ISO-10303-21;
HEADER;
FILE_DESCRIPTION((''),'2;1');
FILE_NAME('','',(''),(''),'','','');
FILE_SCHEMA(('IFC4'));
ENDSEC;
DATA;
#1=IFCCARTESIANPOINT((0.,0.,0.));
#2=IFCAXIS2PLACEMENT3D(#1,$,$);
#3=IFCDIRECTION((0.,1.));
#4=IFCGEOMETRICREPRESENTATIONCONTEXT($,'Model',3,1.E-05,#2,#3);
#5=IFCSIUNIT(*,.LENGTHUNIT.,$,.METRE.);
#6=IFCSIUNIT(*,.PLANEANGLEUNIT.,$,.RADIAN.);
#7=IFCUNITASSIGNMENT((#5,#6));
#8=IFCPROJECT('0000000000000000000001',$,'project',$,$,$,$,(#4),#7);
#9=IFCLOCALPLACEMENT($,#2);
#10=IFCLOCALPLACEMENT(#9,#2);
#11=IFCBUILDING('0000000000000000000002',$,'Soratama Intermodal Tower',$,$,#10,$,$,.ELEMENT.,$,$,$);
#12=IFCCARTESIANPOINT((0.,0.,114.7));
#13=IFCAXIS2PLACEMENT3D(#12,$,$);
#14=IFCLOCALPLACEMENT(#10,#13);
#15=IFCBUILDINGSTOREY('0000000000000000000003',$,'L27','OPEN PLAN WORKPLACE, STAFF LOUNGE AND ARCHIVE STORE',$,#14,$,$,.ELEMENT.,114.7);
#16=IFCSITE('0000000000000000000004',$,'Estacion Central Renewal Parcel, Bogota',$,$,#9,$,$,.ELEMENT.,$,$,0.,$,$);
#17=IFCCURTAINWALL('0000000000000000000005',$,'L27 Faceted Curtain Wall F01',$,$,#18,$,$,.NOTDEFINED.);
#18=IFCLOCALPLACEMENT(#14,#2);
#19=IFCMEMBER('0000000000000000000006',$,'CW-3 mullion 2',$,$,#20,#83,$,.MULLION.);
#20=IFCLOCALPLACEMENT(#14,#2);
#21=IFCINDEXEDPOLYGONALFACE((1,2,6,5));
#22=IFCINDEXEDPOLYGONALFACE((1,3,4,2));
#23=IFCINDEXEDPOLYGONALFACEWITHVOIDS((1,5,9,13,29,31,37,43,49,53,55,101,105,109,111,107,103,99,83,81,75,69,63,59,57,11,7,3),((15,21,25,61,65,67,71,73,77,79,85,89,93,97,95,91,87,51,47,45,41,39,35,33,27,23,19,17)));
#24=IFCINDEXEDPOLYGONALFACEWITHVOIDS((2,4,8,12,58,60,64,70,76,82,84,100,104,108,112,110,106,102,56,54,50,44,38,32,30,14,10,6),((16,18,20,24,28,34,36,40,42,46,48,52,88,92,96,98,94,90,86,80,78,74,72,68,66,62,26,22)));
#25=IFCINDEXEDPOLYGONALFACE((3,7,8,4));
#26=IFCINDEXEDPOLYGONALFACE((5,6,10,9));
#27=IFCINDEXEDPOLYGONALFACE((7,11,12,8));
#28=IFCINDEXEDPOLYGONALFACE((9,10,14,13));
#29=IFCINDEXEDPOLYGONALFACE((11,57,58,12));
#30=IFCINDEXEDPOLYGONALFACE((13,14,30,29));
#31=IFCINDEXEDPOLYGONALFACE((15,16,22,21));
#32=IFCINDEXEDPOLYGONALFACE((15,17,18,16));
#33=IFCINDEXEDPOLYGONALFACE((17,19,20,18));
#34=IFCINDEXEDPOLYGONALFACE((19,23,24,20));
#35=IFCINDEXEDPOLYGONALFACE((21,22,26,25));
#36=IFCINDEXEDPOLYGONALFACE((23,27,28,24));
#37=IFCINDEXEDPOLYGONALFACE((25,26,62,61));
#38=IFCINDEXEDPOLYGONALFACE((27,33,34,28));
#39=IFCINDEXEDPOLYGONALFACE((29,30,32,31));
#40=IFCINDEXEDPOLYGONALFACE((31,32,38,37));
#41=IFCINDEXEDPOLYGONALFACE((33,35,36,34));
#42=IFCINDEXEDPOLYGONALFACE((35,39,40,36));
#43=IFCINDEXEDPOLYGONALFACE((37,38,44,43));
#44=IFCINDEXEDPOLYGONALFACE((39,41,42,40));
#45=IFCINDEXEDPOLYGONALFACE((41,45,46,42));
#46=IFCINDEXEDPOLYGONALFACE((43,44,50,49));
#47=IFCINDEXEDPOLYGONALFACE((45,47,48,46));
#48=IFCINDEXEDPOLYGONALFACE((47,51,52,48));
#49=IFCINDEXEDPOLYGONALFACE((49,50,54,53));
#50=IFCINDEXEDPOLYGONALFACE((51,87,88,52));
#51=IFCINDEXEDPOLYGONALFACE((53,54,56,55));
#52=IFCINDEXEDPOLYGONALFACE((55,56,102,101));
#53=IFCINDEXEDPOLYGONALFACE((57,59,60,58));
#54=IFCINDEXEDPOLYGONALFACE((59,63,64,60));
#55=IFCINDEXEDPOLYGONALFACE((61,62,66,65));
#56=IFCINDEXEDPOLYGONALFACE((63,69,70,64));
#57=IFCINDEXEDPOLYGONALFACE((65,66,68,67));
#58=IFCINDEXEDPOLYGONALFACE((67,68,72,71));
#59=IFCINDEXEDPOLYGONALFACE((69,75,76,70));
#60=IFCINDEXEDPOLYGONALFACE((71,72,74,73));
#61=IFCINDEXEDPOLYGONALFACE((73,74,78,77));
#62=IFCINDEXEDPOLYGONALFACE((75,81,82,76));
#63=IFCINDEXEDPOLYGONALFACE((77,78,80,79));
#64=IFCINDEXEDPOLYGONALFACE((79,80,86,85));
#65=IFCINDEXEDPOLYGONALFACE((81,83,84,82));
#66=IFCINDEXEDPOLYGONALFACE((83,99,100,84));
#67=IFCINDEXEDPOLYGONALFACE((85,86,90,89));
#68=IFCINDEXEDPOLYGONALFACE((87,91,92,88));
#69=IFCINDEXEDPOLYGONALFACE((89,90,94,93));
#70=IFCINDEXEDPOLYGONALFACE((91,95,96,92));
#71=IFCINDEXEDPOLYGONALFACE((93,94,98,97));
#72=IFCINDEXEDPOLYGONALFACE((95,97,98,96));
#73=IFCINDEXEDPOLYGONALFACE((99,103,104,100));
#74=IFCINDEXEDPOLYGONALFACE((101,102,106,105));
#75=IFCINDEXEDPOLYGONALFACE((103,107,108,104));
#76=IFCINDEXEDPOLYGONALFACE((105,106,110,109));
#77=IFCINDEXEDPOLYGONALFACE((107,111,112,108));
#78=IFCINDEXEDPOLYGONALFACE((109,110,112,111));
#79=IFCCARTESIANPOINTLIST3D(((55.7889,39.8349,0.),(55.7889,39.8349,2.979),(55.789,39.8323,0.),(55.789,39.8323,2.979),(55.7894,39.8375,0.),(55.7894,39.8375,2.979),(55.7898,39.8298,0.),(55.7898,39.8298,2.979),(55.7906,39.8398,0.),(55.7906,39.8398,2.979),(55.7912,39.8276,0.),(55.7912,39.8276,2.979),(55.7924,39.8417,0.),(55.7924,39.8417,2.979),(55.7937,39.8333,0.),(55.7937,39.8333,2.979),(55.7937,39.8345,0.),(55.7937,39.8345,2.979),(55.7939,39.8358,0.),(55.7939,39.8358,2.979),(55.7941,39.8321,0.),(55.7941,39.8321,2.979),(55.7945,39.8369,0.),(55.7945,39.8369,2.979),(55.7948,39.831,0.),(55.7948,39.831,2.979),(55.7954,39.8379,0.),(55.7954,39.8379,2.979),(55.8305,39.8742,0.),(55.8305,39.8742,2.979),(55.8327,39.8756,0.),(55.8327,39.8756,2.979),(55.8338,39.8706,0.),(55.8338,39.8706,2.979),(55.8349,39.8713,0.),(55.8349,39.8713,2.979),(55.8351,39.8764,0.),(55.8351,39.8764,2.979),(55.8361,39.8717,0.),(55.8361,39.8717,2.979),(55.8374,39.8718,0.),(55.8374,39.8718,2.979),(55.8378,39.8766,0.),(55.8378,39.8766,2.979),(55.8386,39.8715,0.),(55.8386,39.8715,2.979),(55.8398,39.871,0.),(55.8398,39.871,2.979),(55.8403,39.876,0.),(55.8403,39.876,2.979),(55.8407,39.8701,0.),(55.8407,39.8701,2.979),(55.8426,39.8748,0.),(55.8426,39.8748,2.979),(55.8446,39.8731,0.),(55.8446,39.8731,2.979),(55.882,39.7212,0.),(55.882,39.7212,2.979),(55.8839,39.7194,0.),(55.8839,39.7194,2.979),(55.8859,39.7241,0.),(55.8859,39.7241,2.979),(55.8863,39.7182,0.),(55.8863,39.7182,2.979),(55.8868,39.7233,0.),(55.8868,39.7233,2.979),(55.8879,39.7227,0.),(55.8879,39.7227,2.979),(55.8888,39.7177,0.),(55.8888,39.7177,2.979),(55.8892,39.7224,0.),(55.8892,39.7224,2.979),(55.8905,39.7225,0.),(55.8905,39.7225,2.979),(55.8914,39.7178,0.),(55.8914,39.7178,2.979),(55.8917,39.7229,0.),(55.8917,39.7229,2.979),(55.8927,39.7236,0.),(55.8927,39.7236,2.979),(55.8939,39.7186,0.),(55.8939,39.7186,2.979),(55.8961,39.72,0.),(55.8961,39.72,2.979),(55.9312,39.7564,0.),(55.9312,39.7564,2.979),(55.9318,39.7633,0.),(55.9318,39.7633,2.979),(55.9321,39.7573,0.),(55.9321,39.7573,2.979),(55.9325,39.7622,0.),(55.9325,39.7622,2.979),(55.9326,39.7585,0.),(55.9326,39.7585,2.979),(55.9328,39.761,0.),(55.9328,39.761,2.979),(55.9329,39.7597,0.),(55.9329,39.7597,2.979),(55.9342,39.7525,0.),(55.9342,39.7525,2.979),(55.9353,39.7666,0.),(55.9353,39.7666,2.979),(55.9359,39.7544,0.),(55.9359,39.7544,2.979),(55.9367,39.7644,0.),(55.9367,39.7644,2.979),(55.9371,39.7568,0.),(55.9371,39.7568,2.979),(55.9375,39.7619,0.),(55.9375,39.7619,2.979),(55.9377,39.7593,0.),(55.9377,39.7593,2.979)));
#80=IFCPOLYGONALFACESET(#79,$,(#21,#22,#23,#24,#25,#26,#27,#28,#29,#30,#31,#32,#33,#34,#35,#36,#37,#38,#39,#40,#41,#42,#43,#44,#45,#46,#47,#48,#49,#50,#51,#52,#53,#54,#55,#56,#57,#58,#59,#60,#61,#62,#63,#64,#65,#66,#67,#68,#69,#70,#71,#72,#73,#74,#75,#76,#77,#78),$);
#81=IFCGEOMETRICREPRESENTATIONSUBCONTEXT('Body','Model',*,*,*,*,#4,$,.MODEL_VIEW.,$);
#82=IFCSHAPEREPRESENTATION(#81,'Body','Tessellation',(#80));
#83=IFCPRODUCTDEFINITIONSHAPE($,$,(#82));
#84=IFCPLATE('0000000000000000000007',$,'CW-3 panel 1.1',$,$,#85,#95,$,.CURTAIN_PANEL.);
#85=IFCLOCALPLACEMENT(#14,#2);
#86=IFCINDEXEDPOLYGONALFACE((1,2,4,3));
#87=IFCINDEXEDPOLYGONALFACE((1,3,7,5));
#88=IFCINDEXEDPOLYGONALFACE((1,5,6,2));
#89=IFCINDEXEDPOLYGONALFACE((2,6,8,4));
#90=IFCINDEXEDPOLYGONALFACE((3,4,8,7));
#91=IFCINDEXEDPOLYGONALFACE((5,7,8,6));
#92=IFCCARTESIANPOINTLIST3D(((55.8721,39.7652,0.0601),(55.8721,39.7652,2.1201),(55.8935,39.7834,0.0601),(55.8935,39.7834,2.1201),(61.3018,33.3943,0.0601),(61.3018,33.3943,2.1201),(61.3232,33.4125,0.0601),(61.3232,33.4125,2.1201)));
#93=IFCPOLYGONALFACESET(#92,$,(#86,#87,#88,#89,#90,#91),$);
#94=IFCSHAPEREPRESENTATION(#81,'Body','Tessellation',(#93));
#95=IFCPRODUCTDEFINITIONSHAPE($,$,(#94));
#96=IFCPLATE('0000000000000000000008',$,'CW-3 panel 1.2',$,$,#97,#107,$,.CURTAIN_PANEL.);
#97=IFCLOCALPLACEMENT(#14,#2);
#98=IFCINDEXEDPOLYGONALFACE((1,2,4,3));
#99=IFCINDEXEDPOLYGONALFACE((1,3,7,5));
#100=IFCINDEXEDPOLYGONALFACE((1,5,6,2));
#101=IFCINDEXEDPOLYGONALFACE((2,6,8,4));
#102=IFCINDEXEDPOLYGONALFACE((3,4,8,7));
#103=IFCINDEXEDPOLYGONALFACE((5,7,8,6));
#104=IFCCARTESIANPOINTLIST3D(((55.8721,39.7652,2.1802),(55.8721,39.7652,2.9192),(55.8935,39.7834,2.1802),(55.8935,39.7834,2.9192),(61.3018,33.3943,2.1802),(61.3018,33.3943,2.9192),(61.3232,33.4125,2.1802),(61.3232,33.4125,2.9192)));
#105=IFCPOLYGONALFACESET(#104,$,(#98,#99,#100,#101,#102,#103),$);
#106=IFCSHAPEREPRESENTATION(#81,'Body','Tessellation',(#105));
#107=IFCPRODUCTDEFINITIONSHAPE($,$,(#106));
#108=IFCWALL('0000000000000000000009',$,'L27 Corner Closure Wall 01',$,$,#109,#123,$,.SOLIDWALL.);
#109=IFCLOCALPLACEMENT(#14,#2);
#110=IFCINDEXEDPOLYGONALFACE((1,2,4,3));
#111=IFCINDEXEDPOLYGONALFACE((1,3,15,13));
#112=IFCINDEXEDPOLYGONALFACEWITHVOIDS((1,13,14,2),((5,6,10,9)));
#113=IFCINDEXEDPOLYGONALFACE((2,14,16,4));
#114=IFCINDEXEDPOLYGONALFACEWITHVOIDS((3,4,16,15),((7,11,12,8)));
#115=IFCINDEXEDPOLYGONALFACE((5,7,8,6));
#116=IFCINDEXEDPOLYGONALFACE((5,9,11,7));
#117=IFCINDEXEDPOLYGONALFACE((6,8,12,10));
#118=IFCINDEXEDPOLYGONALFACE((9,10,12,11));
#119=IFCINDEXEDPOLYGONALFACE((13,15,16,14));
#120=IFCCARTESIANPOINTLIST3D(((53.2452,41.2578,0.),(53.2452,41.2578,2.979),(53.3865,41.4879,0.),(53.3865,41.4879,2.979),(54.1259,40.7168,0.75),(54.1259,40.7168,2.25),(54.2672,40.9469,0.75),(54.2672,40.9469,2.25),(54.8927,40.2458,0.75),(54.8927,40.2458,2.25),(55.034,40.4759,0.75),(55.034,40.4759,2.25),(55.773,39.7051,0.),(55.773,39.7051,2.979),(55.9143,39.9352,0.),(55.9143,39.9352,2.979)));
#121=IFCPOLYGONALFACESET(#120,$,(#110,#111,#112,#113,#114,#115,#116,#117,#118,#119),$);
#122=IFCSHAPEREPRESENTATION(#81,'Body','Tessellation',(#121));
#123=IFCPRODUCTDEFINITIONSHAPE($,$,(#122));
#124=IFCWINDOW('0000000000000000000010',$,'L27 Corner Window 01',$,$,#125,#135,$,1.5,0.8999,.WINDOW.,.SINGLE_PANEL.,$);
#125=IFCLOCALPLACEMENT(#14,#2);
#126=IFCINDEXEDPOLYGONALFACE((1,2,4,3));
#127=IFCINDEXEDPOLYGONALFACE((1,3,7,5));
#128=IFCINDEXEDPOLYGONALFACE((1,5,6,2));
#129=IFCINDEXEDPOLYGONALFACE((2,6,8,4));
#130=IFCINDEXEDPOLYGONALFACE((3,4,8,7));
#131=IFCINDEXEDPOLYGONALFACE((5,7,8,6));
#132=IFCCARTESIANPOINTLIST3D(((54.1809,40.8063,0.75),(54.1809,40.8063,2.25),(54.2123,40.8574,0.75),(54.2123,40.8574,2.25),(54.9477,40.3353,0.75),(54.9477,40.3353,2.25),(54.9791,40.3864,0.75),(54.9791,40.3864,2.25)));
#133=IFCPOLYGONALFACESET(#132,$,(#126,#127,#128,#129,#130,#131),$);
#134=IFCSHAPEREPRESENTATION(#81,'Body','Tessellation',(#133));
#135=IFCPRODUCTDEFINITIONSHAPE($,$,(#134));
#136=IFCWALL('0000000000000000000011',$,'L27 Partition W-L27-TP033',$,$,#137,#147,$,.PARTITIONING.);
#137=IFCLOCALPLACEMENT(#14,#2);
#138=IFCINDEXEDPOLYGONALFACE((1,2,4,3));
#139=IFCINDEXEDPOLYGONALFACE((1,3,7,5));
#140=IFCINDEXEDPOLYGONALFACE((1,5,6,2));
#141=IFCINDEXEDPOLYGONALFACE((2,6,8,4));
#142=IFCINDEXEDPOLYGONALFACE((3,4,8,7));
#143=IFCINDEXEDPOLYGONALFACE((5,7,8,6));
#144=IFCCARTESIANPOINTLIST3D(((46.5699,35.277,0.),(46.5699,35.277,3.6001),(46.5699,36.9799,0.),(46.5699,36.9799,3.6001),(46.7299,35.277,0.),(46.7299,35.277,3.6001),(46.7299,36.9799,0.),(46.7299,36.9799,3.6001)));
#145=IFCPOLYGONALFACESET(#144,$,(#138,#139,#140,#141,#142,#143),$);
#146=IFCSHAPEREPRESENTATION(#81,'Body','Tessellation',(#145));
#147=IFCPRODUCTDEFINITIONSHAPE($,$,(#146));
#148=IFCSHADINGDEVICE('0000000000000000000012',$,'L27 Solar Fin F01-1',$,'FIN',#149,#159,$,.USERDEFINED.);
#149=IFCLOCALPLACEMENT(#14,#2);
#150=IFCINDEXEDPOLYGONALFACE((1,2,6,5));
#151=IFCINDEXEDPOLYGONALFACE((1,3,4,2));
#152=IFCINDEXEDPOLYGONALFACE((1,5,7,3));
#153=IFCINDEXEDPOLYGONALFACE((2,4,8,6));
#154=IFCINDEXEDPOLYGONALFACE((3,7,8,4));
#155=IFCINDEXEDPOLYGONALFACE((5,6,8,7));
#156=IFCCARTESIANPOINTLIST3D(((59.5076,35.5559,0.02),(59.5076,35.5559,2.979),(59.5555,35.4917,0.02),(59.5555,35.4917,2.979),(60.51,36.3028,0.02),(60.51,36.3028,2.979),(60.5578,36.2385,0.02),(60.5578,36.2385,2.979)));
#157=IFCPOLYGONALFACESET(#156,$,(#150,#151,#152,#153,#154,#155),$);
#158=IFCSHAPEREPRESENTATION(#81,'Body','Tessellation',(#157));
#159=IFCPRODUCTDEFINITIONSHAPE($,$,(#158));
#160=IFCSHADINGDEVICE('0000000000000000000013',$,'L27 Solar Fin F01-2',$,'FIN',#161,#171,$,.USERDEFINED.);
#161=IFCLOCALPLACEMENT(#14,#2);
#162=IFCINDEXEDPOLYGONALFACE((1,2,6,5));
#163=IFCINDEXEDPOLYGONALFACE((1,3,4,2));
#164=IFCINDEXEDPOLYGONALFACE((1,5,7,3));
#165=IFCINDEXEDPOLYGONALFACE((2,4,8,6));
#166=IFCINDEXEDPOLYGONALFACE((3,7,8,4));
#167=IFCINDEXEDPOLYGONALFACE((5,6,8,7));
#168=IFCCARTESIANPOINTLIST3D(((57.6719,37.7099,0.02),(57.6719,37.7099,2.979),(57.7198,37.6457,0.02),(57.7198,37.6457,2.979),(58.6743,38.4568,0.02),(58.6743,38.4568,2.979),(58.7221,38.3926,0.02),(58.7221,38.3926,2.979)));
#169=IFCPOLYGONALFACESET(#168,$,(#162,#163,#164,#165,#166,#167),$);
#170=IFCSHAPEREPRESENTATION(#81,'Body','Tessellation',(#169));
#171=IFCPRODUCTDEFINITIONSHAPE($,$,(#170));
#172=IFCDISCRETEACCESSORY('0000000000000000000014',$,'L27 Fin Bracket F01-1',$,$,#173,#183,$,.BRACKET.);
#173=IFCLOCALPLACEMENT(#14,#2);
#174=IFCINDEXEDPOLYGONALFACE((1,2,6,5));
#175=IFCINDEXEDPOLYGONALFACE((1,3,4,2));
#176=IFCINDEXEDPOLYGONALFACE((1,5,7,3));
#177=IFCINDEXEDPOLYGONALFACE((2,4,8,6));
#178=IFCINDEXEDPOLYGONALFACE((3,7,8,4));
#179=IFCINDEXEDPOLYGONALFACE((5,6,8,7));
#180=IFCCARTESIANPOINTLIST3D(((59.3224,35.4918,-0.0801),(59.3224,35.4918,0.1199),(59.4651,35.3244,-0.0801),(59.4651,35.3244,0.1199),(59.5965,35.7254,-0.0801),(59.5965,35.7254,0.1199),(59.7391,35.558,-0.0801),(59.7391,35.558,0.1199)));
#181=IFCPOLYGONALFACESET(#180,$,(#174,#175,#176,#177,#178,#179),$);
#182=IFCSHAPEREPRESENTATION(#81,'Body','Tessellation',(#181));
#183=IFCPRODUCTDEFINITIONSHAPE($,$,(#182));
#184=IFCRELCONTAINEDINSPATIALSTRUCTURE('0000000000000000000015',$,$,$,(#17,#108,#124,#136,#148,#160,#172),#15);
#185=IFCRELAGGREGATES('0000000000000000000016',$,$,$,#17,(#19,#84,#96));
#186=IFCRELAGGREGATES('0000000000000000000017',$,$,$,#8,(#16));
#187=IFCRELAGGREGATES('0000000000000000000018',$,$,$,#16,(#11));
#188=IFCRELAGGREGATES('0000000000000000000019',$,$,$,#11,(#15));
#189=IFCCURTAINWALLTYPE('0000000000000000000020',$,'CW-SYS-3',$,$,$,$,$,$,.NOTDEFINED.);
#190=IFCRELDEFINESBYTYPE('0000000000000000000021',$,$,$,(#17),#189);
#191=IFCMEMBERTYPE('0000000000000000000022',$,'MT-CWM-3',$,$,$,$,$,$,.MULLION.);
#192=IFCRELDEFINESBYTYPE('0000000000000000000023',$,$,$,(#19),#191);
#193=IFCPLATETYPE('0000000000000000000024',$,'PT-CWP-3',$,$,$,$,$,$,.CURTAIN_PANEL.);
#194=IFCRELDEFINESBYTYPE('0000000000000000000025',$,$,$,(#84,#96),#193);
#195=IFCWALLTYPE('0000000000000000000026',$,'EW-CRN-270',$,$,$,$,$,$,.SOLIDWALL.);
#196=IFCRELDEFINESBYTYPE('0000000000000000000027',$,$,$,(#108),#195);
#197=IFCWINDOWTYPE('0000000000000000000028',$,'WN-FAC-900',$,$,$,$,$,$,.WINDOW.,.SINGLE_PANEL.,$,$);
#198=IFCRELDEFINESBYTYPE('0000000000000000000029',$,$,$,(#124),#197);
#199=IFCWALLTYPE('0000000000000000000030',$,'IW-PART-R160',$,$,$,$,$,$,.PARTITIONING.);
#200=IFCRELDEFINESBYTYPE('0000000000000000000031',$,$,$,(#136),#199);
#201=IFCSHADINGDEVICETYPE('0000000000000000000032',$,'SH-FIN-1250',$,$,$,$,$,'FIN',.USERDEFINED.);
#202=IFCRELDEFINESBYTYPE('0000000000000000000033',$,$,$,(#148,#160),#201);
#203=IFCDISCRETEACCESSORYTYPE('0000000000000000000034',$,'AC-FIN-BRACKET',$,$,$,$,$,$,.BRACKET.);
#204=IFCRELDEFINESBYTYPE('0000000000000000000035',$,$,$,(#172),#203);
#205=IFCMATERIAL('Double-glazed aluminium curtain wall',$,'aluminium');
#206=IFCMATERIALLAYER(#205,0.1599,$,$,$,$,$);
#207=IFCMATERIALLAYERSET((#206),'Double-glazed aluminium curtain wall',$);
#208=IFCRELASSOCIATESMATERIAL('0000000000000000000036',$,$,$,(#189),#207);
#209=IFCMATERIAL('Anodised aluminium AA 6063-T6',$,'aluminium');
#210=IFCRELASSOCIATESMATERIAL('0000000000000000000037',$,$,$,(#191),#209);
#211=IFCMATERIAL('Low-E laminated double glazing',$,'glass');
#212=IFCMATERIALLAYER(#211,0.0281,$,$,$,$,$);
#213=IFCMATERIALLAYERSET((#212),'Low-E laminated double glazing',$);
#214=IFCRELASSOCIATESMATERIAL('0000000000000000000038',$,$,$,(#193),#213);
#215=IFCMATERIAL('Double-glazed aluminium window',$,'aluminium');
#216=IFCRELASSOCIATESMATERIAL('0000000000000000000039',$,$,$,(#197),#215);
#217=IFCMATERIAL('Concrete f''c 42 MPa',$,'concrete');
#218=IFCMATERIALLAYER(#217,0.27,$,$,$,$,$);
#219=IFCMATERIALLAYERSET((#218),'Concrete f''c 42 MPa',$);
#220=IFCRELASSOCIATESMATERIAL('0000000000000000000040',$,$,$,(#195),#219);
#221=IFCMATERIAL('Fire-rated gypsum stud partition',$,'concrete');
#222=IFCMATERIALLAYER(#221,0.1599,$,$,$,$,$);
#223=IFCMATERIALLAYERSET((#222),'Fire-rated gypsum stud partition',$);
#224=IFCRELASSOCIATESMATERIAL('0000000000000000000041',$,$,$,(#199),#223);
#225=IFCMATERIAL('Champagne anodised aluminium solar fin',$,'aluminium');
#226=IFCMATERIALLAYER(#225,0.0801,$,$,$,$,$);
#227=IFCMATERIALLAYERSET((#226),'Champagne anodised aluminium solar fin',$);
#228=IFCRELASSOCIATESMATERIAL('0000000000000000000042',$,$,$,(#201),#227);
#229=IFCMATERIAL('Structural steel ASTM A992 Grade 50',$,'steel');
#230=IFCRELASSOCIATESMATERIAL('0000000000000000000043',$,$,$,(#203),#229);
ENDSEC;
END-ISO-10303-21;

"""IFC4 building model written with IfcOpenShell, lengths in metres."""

from ifc_helpers import new_model, si_unit, direction, frame, frame_2d, origin, origin_2d, place, context, subcontext, project, spatial, rectangle, hollow_rectangle, extrude, material, layer, layer_set, material_profile, profile_set, type_object, element, fill, aggregate, save


model = new_model("IFC4")

# Units and contexts
model_context = context("Model", 3, precision=1e-05, world=origin(), true_north=direction((0.0, 1.0)))
body_context = subcontext(model_context, "Body", "Model", "MODEL_VIEW")
ifc_project = project(units=[si_unit("LENGTHUNIT", "METRE"), si_unit("PLANEANGLEUNIT", "RADIAN")], contexts=[model_context])

# Site, building, storey
site_placement = place(None, origin())
site = spatial("IfcSite", under=ifc_project, at=site_placement, Name="Estacion Central Renewal Parcel, Bogota", CompositionType="ELEMENT", RefElevation=0.0)
building_placement = place(site_placement, origin())
building = spatial("IfcBuilding", under=site, at=building_placement, Name="Soratama Intermodal Tower", CompositionType="ELEMENT")
storey_placement = place(building_placement, frame((0.0, 0.0, 114.7)))
storey = spatial("IfcBuildingStorey", under=building, at=storey_placement, Name="L27", Description="OPEN PLAN WORKPLACE, STAFF LOUNGE AND ARCHIVE STORE", CompositionType="ELEMENT", Elevation=114.7)

# Curtain wall, member, plates
ifc_material_1 = material(Name="Double-glazed aluminium curtain wall", Category="aluminium")
ifc_layer_1 = layer(ifc_material_1, 0.1599)
ifc_layer_set_1 = layer_set([ifc_layer_1], Name="Double-glazed aluminium curtain wall")
curtain_wall_type = type_object("IfcCurtainWallType", Name="CW-SYS-3", PredefinedType="NOTDEFINED", material=ifc_layer_set_1)
curtain_wall_placement = place(storey_placement, origin())
curtain_wall = element("IfcCurtainWall", 1, at=curtain_wall_placement, inside=storey, type_object=curtain_wall_type, Name="L27 Faceted Curtain Wall F01", PredefinedType="NOTDEFINED")
ifc_material_2 = material(Name="Anodised aluminium AA 6063-T6", Category="aluminium")
ifc_material_profile_1 = material_profile(ifc_material_2, hollow_rectangle(XDim=0.0701, YDim=0.1599, WallThickness=0.0049, InnerFilletRadius=0.0049, OuterFilletRadius=0.01, at=origin_2d()), Name="CWM160X70X5")
ifc_profile_set_1 = profile_set([ifc_material_profile_1], Name="Anodised aluminium AA 6063-T6")
member_type = type_object("IfcMemberType", Name="MT-CWM-3", PredefinedType="MULLION", material=ifc_profile_set_1)
member_placement = place(storey_placement, frame((55.8633, 39.7971, 0.0), z_axis=(0.0, 0.0, 1.0), x_axis=(-0.761088, -0.648649, 0.0)))
member = element("IfcMember", 2, at=member_placement, type_object=member_type, Name="CW-3 mullion 2", PredefinedType="MULLION", context=body_context, shape_type="SweptSolid", body=[
    extrude(hollow_rectangle(XDim=0.0701, YDim=0.1599, WallThickness=0.0049, InnerFilletRadius=0.0049, OuterFilletRadius=0.01, at=origin_2d()), origin(), (0.0, 0.0, 1.0), 2.979),
])
ifc_material_3 = material(Name="Low-E laminated double glazing", Category="glass")
ifc_layer_2 = layer(ifc_material_3, 0.0281)
ifc_layer_set_2 = layer_set([ifc_layer_2], Name="Low-E laminated double glazing")
plate_type = type_object("IfcPlateType", Name="PT-CWP-3", PredefinedType="CURTAIN_PANEL", material=ifc_layer_set_2)
plate_1_placement = place(storey_placement, frame((58.5977, 36.5889, 0.0601), z_axis=(0.0, 0.0, 1.0), x_axis=(-0.648649, 0.761088, 0.0)))
plate_1 = element("IfcPlate", 3, at=plate_1_placement, type_object=plate_type, Name="CW-3 panel 1.1", PredefinedType="CURTAIN_PANEL", context=body_context, shape_type="SweptSolid", body=[
    extrude(rectangle(XDim=8.3708, YDim=0.0281, at=origin_2d()), origin(), (0.0, 0.0, 1.0), 2.0601),
])
plate_2_placement = place(storey_placement, frame((58.5977, 36.5889, 2.1802), z_axis=(0.0, 0.0, 1.0), x_axis=(-0.648649, 0.761088, 0.0)))
plate_2 = element("IfcPlate", 4, at=plate_2_placement, type_object=plate_type, Name="CW-3 panel 1.2", PredefinedType="CURTAIN_PANEL", context=body_context, shape_type="SweptSolid", body=[
    extrude(rectangle(XDim=8.3708, YDim=0.0281, at=origin_2d()), origin(), (0.0, 0.0, 1.0), 0.739),
])
aggregate(curtain_wall, [member, plate_1, plate_2])

# Shared definitions
ifc_material_4 = material(Name="Double-glazed aluminium window", Category="aluminium")
window_type_1 = type_object("IfcWindowType", Name="WN-FAC-900", PartitioningType="SINGLE_PANEL", PredefinedType="WINDOW", material=ifc_material_4)

# Wall, opening, window
ifc_material_5 = material(Name="Concrete f'c 42 MPa", Category="concrete")
ifc_layer_3 = layer(ifc_material_5, 0.27)
ifc_layer_set_3 = layer_set([ifc_layer_3], Name="Concrete f'c 42 MPa")
wall_type_1 = type_object("IfcWallType", Name="EW-CRN-270", PredefinedType="SOLIDWALL", material=ifc_layer_set_3)
wall_1_placement = place(storey_placement, frame((55.8438, 39.8201, 0.0), z_axis=(0.0, 0.0, 1.0), x_axis=(-0.852088, 0.523399, 0.0)))
wall_1 = element("IfcWall", 5, at=wall_1_placement, inside=storey, type_object=wall_type_1, Name="L27 Corner Closure Wall 01", PredefinedType="SOLIDWALL", context=body_context, shape_type="SweptSolid", body=[
    extrude(rectangle(XDim=2.9666, YDim=0.27, at=frame_2d((1.4834, 0.0))), origin(), (0.0, 0.0, 1.0), 2.979),
])
opening_1_placement = place(wall_1_placement, frame((1.0332, 0.0, 0.75)))
opening_1 = element("IfcOpeningElement", 6, at=opening_1_placement, cuts=wall_1, PredefinedType="OPENING", context=body_context, shape_type="SweptSolid", body=[
    extrude(rectangle(XDim=0.8999, YDim=1.5, at=frame_2d((0.45, 0.75))), frame((0.0, 0.145, 0.0), z_axis=(0.0, -1.0, 0.0), x_axis=(1.0, 0.0, 0.0)), (0.0, 0.0, 1.0), 0.29),
])
window_1_placement = place(opening_1_placement, origin())
window_1 = element("IfcWindow", 7, at=window_1_placement, inside=storey, type_object=window_type_1, Name="L27 Corner Window 01", OverallHeight=1.5, OverallWidth=0.8999, PartitioningType="SINGLE_PANEL", PredefinedType="WINDOW", context=body_context, shape_type="SweptSolid", body=[
    extrude(rectangle(XDim=0.8999, YDim=1.5, at=frame_2d((0.45, 0.75))), frame((0.0, 0.03, 0.0), z_axis=(0.0, -1.0, 0.0), x_axis=(1.0, 0.0, 0.0)), (0.0, 0.0, 1.0), 0.0601),
])
fill(opening_1, window_1)

# Shared definitions
ifc_material_6 = material(Name="Fire-rated gypsum stud partition", Category="concrete")
ifc_layer_4 = layer(ifc_material_6, 0.1599)
ifc_layer_set_4 = layer_set([ifc_layer_4], Name="Fire-rated gypsum stud partition")
wall_type_2 = type_object("IfcWallType", Name="IW-PART-R160", PredefinedType="PARTITIONING", material=ifc_layer_set_4)

# Wall
wall_2_placement = place(storey_placement, frame((46.6499, 36.98, 0.0), z_axis=(0.0, 0.0, 1.0), x_axis=(0.0, -1.0, 0.0)))
element("IfcWall", 8, at=wall_2_placement, inside=storey, type_object=wall_type_2, Name="L27 Partition W-L27-TP033", PredefinedType="PARTITIONING", context=body_context, shape_type="SweptSolid", body=[
    extrude(rectangle(XDim=1.7029, YDim=0.1599, at=frame_2d((0.8516, 0.0))), origin(), (0.0, 0.0, 1.0), 3.6001),
])

# Shading devices
ifc_material_7 = material(Name="Champagne anodised aluminium solar fin", Category="aluminium")
ifc_layer_5 = layer(ifc_material_7, 0.0801)
ifc_layer_set_5 = layer_set([ifc_layer_5], Name="Champagne anodised aluminium solar fin")
shading_device_type = type_object("IfcShadingDeviceType", Name="SH-FIN-1250", ElementType="FIN", PredefinedType="USERDEFINED", material=ifc_layer_set_5)
for number, where, z_axis, x_axis, name in (
    (9, (60.0327, 35.8972, 0.02), (0.0, 0.0, 1.0), (0.80188, 0.597485, 0.0), "L27 Solar Fin F01-1"),
    (10, (58.197, 38.0513, 0.02), (0.0, 0.0, 1.0), (0.80188, 0.597485, 0.0), "L27 Solar Fin F01-2"),
):
    element("IfcShadingDevice", number, at=place(storey_placement, frame(where, z_axis=z_axis, x_axis=x_axis)), inside=storey, type_object=shading_device_type, Name=name, ObjectType="FIN", PredefinedType="USERDEFINED", context=body_context, shape_type="SweptSolid", body=[
        extrude(rectangle(XDim=1.25, YDim=0.0801, at=origin_2d()), origin(), (0.0, 0.0, 1.0), 2.959),
    ])

# Discrete accessory
ifc_material_8 = material(Name="Structural steel ASTM A992 Grade 50", Category="steel")
discrete_accessory_type_1 = type_object("IfcDiscreteAccessoryType", Name="AC-FIN-BRACKET", PredefinedType="BRACKET", material=ifc_material_8)
for number, where, z_axis, x_axis, name in (
    (11, (59.5308, 35.5249, -0.0801), (0.0, 0.0, 1.0), (0.761086, 0.648651, 0.0), "L27 Fin Bracket F01-1"),
):
    element("IfcDiscreteAccessory", number, at=place(storey_placement, frame(where, z_axis=z_axis, x_axis=x_axis)), inside=storey, type_object=discrete_accessory_type_1, Name=name, PredefinedType="BRACKET", context=body_context, shape_type="SweptSolid", body=[
        extrude(rectangle(XDim=0.3601, YDim=0.22, at=origin_2d()), origin(), (0.0, 0.0, 1.0), 0.2),
    ])

save(model, "model.ifc")
